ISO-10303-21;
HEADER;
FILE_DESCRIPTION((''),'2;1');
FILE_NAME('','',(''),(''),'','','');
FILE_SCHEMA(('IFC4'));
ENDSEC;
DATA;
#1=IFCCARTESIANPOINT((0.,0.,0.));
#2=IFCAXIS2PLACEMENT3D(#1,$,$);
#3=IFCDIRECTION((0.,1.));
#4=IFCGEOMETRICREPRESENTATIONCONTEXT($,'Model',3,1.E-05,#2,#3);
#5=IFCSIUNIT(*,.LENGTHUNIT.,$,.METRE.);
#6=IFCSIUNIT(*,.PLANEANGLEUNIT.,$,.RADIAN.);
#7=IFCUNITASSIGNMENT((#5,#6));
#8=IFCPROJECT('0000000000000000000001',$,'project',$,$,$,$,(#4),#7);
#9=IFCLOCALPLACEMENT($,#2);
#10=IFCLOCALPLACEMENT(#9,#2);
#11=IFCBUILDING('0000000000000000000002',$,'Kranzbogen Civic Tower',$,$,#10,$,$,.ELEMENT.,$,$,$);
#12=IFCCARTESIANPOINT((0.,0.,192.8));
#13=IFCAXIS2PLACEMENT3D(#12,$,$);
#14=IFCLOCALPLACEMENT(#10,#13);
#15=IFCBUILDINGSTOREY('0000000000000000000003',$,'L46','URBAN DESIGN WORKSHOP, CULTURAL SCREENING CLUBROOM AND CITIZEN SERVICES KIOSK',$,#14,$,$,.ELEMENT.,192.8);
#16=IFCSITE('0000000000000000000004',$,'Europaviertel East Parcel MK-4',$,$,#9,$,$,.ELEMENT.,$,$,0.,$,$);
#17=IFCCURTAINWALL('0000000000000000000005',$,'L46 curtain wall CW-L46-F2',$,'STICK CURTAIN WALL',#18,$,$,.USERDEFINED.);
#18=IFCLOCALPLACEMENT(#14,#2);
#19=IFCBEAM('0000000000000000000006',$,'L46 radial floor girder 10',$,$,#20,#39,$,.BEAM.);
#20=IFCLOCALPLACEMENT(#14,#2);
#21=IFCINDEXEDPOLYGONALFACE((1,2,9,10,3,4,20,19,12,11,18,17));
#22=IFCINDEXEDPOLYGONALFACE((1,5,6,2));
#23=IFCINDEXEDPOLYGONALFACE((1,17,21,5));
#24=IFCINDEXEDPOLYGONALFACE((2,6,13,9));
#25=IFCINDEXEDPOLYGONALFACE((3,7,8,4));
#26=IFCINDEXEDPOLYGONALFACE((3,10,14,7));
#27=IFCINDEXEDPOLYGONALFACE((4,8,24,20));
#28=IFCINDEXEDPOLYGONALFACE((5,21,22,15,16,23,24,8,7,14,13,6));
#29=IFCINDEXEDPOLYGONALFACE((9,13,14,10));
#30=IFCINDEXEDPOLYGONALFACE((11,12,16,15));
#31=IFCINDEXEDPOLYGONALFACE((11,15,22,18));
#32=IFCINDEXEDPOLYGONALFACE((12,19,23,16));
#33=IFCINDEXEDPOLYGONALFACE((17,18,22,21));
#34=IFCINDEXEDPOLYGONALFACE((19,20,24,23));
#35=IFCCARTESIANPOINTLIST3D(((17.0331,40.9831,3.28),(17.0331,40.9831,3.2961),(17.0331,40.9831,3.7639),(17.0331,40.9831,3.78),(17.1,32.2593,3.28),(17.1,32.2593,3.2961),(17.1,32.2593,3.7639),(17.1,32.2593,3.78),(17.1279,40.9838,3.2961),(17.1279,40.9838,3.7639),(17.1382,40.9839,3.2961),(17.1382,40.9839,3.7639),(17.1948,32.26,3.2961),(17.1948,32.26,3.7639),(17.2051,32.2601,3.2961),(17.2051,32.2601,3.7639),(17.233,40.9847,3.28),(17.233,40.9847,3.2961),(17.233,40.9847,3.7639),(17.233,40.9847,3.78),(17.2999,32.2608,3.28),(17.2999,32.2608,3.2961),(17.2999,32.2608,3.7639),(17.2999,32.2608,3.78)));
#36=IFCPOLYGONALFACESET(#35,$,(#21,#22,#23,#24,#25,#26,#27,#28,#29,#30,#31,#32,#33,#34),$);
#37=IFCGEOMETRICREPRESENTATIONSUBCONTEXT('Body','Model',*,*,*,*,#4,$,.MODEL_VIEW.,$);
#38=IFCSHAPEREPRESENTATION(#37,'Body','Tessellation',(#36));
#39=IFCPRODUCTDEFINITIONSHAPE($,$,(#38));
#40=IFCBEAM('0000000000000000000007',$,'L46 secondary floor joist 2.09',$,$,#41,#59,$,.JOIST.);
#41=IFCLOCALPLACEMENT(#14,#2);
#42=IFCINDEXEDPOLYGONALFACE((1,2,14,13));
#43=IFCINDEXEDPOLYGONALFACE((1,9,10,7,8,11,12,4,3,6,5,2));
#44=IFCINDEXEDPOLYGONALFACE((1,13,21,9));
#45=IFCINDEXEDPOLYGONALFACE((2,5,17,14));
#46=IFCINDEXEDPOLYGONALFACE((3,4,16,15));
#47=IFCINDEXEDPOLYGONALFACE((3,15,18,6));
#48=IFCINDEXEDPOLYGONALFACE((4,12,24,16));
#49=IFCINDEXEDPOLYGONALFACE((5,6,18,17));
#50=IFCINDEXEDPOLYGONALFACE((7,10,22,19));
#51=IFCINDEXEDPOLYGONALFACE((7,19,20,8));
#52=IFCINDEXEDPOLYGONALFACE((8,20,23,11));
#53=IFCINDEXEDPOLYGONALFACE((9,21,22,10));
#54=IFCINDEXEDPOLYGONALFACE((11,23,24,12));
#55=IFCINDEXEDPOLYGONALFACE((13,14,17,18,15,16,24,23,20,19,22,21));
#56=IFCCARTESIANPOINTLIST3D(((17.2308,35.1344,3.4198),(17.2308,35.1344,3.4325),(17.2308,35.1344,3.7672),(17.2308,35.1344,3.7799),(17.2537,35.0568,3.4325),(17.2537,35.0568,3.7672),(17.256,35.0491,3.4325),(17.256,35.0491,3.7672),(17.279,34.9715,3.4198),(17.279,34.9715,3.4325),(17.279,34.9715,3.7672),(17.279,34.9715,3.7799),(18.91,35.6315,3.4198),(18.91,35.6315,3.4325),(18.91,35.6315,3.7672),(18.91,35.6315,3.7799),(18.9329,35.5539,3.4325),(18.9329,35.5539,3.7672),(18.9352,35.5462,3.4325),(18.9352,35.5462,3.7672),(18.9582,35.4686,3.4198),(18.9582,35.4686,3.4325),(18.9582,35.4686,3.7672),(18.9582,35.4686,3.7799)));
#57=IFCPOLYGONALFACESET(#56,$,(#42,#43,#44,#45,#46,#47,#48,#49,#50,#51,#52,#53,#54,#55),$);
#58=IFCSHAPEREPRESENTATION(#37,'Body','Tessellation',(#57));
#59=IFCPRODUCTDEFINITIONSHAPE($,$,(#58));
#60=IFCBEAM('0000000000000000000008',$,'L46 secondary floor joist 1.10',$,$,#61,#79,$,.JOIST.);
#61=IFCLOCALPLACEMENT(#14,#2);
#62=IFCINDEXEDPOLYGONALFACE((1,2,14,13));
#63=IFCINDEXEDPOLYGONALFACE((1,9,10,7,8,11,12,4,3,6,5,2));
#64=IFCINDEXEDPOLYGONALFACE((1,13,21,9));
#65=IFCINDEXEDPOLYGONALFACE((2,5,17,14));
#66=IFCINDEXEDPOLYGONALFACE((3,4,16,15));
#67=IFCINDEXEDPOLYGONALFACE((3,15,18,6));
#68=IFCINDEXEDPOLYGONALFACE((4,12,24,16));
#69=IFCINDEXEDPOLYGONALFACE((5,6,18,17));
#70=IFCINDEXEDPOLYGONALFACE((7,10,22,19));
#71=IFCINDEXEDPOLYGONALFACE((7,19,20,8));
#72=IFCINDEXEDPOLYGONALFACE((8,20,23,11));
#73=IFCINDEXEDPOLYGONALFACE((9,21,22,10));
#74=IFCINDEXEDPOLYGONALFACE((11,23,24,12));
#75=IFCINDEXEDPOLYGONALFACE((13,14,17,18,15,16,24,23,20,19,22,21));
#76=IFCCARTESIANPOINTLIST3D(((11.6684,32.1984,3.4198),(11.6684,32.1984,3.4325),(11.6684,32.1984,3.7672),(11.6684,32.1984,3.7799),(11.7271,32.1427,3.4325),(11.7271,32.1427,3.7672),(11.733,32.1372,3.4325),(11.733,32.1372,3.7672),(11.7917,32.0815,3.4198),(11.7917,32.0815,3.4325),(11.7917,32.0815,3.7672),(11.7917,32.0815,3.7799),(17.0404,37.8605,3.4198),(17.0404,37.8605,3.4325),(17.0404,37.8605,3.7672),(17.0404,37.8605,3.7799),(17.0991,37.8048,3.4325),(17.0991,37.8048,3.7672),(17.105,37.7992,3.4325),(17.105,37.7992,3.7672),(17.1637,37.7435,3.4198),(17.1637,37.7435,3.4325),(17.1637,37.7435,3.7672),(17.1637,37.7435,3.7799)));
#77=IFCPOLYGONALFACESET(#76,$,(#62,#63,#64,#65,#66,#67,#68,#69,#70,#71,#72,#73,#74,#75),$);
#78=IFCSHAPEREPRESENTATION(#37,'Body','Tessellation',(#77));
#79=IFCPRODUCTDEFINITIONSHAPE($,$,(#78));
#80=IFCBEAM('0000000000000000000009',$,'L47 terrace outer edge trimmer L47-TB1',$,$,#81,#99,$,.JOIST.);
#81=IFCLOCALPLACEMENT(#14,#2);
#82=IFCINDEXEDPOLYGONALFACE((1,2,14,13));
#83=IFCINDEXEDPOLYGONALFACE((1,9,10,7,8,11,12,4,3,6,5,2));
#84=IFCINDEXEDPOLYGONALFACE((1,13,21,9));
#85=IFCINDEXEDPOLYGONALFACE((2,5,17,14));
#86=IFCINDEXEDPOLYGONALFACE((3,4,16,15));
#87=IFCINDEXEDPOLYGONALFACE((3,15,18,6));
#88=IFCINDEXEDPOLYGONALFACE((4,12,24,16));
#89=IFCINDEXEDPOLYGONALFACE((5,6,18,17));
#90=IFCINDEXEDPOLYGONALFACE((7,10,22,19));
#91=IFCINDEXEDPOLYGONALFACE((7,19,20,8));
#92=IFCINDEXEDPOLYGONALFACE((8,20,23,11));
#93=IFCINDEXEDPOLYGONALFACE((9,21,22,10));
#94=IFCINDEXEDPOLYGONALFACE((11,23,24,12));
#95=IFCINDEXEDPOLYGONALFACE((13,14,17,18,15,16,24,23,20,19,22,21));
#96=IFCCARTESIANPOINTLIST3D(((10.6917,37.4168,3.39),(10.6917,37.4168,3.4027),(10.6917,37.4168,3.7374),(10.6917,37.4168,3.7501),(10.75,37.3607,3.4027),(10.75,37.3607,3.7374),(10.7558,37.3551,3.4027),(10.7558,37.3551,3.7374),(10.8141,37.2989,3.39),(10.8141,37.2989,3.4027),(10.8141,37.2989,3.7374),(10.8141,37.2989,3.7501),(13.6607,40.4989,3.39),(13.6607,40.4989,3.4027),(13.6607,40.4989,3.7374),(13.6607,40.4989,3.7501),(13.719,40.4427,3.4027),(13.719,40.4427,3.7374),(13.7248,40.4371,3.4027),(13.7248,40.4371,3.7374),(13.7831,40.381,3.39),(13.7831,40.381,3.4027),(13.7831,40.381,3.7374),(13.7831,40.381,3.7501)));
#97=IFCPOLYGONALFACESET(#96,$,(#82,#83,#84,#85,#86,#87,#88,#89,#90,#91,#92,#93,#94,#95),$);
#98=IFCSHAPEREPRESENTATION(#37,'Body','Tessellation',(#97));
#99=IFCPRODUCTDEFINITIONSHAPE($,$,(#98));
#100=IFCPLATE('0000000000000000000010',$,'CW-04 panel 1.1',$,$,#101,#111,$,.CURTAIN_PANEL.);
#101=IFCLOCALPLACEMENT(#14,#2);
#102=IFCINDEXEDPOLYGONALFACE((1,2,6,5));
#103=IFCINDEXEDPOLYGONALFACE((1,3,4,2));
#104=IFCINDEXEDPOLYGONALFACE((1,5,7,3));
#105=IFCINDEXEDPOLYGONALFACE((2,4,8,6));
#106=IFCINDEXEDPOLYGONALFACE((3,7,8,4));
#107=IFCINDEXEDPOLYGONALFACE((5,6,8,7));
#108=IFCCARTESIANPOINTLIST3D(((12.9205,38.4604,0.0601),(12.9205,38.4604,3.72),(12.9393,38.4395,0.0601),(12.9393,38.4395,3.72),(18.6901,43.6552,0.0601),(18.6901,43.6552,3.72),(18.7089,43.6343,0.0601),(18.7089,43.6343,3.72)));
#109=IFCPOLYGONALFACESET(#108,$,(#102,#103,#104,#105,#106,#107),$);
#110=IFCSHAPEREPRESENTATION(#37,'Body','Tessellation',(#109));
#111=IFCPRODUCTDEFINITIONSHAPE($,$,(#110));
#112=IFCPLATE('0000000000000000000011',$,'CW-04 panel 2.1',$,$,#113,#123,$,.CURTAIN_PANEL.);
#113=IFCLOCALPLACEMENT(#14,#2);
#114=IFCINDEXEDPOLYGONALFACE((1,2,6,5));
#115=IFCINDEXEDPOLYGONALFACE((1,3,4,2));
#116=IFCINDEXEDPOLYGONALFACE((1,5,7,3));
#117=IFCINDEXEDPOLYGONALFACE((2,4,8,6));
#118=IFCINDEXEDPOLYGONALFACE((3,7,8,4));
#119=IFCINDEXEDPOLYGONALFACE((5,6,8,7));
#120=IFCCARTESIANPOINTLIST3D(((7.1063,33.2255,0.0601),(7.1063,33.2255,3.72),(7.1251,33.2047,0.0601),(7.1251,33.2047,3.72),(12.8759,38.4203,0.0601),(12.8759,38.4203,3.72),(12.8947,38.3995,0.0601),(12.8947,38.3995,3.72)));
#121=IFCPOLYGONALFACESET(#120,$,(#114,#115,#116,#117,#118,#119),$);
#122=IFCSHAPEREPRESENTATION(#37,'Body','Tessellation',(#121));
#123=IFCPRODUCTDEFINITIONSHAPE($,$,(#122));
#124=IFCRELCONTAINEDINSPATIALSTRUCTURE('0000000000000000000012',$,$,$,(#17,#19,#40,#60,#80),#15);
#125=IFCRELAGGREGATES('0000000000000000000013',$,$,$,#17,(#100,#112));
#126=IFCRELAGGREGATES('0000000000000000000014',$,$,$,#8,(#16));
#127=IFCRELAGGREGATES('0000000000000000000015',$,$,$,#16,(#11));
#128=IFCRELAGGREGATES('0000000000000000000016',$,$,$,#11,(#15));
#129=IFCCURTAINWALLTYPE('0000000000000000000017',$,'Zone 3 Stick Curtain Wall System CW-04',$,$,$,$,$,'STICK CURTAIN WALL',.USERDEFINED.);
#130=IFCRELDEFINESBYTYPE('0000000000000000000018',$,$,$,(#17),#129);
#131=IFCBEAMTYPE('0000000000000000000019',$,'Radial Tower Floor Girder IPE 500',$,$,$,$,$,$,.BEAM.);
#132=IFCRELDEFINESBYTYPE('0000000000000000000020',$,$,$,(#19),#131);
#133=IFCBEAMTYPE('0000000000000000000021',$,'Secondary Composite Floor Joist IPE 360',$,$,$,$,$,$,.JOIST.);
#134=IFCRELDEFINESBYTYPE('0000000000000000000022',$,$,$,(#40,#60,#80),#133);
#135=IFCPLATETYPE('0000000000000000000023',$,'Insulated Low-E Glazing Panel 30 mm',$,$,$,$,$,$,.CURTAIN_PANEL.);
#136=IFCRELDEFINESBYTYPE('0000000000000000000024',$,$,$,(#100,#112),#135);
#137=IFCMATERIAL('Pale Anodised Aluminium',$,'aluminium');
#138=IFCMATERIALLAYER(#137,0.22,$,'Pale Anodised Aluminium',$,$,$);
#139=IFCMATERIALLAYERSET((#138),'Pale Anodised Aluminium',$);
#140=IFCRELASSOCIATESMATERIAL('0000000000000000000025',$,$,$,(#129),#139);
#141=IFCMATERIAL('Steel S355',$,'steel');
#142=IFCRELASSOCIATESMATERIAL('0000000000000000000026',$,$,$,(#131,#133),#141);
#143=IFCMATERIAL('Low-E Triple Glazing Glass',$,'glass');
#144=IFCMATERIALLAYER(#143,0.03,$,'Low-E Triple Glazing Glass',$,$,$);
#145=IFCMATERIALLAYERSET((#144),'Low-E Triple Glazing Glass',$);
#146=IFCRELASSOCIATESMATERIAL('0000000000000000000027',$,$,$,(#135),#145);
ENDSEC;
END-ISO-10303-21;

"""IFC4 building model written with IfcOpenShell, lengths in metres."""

from ifc_helpers import new_model, si_unit, direction, frame, origin, origin_2d, place, context, subcontext, project, spatial, rectangle, i_section, extrude, material, layer, layer_set, material_profile, profile_set, type_object, element, aggregate, save


model = new_model("IFC4")

# Units and contexts
model_context = context("Model", 3, precision=1e-05, world=origin(), true_north=direction((0.0, 1.0)))
body_context = subcontext(model_context, "Body", "Model", "MODEL_VIEW")
ifc_project = project(units=[si_unit("LENGTHUNIT", "METRE"), si_unit("PLANEANGLEUNIT", "RADIAN")], contexts=[model_context])

# Site, building, storey
site_placement = place(None, origin())
site = spatial("IfcSite", under=ifc_project, at=site_placement, Name="Europaviertel East Parcel MK-4", CompositionType="ELEMENT", RefElevation=0.0)
building_placement = place(site_placement, origin())
building = spatial("IfcBuilding", under=site, at=building_placement, Name="Kranzbogen Civic Tower", CompositionType="ELEMENT")
storey_placement = place(building_placement, frame((0.0, 0.0, 192.8)))
storey = spatial("IfcBuildingStorey", under=building, at=storey_placement, Name="L46", Description="URBAN DESIGN WORKSHOP, CULTURAL SCREENING CLUBROOM AND CITIZEN SERVICES KIOSK", CompositionType="ELEMENT", Elevation=192.8)

# Shared definitions
ifc_material_1 = material(Name="Steel S355", Category="steel")

# Curtain wall
ifc_material_2 = material(Name="Pale Anodised Aluminium", Category="aluminium")
ifc_layer_1 = layer(ifc_material_2, 0.22, Name="Pale Anodised Aluminium")
ifc_layer_set_1 = layer_set([ifc_layer_1], Name="Pale Anodised Aluminium")
curtain_wall_type = type_object("IfcCurtainWallType", Name="Zone 3 Stick Curtain Wall System CW-04", ElementType="STICK CURTAIN WALL", PredefinedType="USERDEFINED", material=ifc_layer_set_1)
curtain_wall_placement = place(storey_placement, origin())
curtain_wall = element("IfcCurtainWall", 1, at=curtain_wall_placement, inside=storey, type_object=curtain_wall_type, Name="L46 curtain wall CW-L46-F2", ObjectType="STICK CURTAIN WALL", PredefinedType="USERDEFINED")

# Beams
ifc_material_profile_1 = material_profile(ifc_material_1, i_section(OverallWidth=0.2, OverallDepth=0.5, WebThickness=0.0103, FlangeThickness=0.0161, at=origin_2d()), Name="IPE 500")
ifc_profile_set_1 = profile_set([ifc_material_profile_1], Name="Steel S355")
beam_type_1 = type_object("IfcBeamType", Name="Radial Tower Floor Girder IPE 500", PredefinedType="BEAM", material=ifc_profile_set_1)
beam_1_placement = place(storey_placement, frame((17.1331, 40.9839, 3.53), z_axis=(0.007668, -0.999971, 0.0), x_axis=(0.999971, 0.007668, 0.0)))
element("IfcBeam", 2, at=beam_1_placement, inside=storey, type_object=beam_type_1, Name="L46 radial floor girder 10", PredefinedType="BEAM", context=body_context, shape_type="SweptSolid", body=[
    extrude(i_section(OverallWidth=0.2, OverallDepth=0.5, WebThickness=0.0103, FlangeThickness=0.0161, at=origin_2d()), origin(), (0.0, 0.0, 1.0), 8.7241),
])
ifc_material_profile_2 = material_profile(ifc_material_1, i_section(OverallWidth=0.1699, OverallDepth=0.3601, WebThickness=0.0081, FlangeThickness=0.0127, at=origin_2d()), Name="IPE 360")
ifc_profile_set_2 = profile_set([ifc_material_profile_2], Name="Steel S355")
beam_type_2 = type_object("IfcBeamType", Name="Secondary Composite Floor Joist IPE 360", PredefinedType="JOIST", material=ifc_profile_set_2)
beam_2_placement = place(storey_placement, frame((18.9341, 35.55, 3.5999), z_axis=(-0.958871, -0.283841, 0.0), x_axis=(0.283841, -0.958871, 0.0)))
element("IfcBeam", 3, at=beam_2_placement, inside=storey, type_object=beam_type_2, Name="L46 secondary floor joist 2.09", PredefinedType="JOIST", context=body_context, shape_type="SweptSolid", body=[
    extrude(i_section(OverallWidth=0.1699, OverallDepth=0.3601, WebThickness=0.0081, FlangeThickness=0.0127, at=origin_2d()), origin(), (0.0, 0.0, 1.0), 1.7512),
])
beam_3_placement = place(storey_placement, frame((17.1021, 37.802, 3.5999), z_axis=(-0.688282, -0.725443, 0.0), x_axis=(0.725443, -0.688282, 0.0)))
element("IfcBeam", 4, at=beam_3_placement, inside=storey, type_object=beam_type_2, Name="L46 secondary floor joist 1.10", PredefinedType="JOIST", context=body_context, shape_type="SweptSolid", body=[
    extrude(i_section(OverallWidth=0.1699, OverallDepth=0.3601, WebThickness=0.0081, FlangeThickness=0.0127, at=origin_2d()), origin(), (0.0, 0.0, 1.0), 7.8049),
])
beam_4_placement = place(storey_placement, frame((13.7219, 40.4399, 3.5701), z_axis=(-0.693777, -0.72019, 0.0), x_axis=(0.72019, -0.693777, 0.0)))
element("IfcBeam", 5, at=beam_4_placement, inside=storey, type_object=beam_type_2, Name="L47 terrace outer edge trimmer L47-TB1", PredefinedType="JOIST", context=body_context, shape_type="SweptSolid", body=[
    extrude(i_section(OverallWidth=0.1699, OverallDepth=0.3601, WebThickness=0.0081, FlangeThickness=0.0127, at=origin_2d()), origin(), (0.0, 0.0, 1.0), 4.2795),
])

# Plates
ifc_material_3 = material(Name="Low-E Triple Glazing Glass", Category="glass")
ifc_layer_2 = layer(ifc_material_3, 0.03, Name="Low-E Triple Glazing Glass")
ifc_layer_set_2 = layer_set([ifc_layer_2], Name="Low-E Triple Glazing Glass")
plate_type = type_object("IfcPlateType", Name="Insulated Low-E Glazing Panel 30 mm", PredefinedType="CURTAIN_PANEL", material=ifc_layer_set_2)
plate_1_placement = place(storey_placement, frame((15.8147, 41.0474, 0.0601), z_axis=(0.0, 0.0, 1.0), x_axis=(-0.743158, -0.669116, 0.0)))
plate_1 = element("IfcPlate", 6, at=plate_1_placement, type_object=plate_type, Name="CW-04 panel 1.1", PredefinedType="CURTAIN_PANEL", context=body_context, shape_type="SweptSolid", body=[
    extrude(rectangle(XDim=7.7637, YDim=0.0281, at=origin_2d()), origin(), (0.0, 0.0, 1.0), 3.6599),
])
plate_2_placement = place(storey_placement, frame((10.0005, 35.8125, 0.0601), z_axis=(0.0, 0.0, 1.0), x_axis=(-0.743158, -0.669116, 0.0)))
plate_2 = element("IfcPlate", 7, at=plate_2_placement, type_object=plate_type, Name="CW-04 panel 2.1", PredefinedType="CURTAIN_PANEL", context=body_context, shape_type="SweptSolid", body=[
    extrude(rectangle(XDim=7.7637, YDim=0.0281, at=origin_2d()), origin(), (0.0, 0.0, 1.0), 3.6599),
])
aggregate(curtain_wall, [plate_1, plate_2])

save(model, "model.ifc")
